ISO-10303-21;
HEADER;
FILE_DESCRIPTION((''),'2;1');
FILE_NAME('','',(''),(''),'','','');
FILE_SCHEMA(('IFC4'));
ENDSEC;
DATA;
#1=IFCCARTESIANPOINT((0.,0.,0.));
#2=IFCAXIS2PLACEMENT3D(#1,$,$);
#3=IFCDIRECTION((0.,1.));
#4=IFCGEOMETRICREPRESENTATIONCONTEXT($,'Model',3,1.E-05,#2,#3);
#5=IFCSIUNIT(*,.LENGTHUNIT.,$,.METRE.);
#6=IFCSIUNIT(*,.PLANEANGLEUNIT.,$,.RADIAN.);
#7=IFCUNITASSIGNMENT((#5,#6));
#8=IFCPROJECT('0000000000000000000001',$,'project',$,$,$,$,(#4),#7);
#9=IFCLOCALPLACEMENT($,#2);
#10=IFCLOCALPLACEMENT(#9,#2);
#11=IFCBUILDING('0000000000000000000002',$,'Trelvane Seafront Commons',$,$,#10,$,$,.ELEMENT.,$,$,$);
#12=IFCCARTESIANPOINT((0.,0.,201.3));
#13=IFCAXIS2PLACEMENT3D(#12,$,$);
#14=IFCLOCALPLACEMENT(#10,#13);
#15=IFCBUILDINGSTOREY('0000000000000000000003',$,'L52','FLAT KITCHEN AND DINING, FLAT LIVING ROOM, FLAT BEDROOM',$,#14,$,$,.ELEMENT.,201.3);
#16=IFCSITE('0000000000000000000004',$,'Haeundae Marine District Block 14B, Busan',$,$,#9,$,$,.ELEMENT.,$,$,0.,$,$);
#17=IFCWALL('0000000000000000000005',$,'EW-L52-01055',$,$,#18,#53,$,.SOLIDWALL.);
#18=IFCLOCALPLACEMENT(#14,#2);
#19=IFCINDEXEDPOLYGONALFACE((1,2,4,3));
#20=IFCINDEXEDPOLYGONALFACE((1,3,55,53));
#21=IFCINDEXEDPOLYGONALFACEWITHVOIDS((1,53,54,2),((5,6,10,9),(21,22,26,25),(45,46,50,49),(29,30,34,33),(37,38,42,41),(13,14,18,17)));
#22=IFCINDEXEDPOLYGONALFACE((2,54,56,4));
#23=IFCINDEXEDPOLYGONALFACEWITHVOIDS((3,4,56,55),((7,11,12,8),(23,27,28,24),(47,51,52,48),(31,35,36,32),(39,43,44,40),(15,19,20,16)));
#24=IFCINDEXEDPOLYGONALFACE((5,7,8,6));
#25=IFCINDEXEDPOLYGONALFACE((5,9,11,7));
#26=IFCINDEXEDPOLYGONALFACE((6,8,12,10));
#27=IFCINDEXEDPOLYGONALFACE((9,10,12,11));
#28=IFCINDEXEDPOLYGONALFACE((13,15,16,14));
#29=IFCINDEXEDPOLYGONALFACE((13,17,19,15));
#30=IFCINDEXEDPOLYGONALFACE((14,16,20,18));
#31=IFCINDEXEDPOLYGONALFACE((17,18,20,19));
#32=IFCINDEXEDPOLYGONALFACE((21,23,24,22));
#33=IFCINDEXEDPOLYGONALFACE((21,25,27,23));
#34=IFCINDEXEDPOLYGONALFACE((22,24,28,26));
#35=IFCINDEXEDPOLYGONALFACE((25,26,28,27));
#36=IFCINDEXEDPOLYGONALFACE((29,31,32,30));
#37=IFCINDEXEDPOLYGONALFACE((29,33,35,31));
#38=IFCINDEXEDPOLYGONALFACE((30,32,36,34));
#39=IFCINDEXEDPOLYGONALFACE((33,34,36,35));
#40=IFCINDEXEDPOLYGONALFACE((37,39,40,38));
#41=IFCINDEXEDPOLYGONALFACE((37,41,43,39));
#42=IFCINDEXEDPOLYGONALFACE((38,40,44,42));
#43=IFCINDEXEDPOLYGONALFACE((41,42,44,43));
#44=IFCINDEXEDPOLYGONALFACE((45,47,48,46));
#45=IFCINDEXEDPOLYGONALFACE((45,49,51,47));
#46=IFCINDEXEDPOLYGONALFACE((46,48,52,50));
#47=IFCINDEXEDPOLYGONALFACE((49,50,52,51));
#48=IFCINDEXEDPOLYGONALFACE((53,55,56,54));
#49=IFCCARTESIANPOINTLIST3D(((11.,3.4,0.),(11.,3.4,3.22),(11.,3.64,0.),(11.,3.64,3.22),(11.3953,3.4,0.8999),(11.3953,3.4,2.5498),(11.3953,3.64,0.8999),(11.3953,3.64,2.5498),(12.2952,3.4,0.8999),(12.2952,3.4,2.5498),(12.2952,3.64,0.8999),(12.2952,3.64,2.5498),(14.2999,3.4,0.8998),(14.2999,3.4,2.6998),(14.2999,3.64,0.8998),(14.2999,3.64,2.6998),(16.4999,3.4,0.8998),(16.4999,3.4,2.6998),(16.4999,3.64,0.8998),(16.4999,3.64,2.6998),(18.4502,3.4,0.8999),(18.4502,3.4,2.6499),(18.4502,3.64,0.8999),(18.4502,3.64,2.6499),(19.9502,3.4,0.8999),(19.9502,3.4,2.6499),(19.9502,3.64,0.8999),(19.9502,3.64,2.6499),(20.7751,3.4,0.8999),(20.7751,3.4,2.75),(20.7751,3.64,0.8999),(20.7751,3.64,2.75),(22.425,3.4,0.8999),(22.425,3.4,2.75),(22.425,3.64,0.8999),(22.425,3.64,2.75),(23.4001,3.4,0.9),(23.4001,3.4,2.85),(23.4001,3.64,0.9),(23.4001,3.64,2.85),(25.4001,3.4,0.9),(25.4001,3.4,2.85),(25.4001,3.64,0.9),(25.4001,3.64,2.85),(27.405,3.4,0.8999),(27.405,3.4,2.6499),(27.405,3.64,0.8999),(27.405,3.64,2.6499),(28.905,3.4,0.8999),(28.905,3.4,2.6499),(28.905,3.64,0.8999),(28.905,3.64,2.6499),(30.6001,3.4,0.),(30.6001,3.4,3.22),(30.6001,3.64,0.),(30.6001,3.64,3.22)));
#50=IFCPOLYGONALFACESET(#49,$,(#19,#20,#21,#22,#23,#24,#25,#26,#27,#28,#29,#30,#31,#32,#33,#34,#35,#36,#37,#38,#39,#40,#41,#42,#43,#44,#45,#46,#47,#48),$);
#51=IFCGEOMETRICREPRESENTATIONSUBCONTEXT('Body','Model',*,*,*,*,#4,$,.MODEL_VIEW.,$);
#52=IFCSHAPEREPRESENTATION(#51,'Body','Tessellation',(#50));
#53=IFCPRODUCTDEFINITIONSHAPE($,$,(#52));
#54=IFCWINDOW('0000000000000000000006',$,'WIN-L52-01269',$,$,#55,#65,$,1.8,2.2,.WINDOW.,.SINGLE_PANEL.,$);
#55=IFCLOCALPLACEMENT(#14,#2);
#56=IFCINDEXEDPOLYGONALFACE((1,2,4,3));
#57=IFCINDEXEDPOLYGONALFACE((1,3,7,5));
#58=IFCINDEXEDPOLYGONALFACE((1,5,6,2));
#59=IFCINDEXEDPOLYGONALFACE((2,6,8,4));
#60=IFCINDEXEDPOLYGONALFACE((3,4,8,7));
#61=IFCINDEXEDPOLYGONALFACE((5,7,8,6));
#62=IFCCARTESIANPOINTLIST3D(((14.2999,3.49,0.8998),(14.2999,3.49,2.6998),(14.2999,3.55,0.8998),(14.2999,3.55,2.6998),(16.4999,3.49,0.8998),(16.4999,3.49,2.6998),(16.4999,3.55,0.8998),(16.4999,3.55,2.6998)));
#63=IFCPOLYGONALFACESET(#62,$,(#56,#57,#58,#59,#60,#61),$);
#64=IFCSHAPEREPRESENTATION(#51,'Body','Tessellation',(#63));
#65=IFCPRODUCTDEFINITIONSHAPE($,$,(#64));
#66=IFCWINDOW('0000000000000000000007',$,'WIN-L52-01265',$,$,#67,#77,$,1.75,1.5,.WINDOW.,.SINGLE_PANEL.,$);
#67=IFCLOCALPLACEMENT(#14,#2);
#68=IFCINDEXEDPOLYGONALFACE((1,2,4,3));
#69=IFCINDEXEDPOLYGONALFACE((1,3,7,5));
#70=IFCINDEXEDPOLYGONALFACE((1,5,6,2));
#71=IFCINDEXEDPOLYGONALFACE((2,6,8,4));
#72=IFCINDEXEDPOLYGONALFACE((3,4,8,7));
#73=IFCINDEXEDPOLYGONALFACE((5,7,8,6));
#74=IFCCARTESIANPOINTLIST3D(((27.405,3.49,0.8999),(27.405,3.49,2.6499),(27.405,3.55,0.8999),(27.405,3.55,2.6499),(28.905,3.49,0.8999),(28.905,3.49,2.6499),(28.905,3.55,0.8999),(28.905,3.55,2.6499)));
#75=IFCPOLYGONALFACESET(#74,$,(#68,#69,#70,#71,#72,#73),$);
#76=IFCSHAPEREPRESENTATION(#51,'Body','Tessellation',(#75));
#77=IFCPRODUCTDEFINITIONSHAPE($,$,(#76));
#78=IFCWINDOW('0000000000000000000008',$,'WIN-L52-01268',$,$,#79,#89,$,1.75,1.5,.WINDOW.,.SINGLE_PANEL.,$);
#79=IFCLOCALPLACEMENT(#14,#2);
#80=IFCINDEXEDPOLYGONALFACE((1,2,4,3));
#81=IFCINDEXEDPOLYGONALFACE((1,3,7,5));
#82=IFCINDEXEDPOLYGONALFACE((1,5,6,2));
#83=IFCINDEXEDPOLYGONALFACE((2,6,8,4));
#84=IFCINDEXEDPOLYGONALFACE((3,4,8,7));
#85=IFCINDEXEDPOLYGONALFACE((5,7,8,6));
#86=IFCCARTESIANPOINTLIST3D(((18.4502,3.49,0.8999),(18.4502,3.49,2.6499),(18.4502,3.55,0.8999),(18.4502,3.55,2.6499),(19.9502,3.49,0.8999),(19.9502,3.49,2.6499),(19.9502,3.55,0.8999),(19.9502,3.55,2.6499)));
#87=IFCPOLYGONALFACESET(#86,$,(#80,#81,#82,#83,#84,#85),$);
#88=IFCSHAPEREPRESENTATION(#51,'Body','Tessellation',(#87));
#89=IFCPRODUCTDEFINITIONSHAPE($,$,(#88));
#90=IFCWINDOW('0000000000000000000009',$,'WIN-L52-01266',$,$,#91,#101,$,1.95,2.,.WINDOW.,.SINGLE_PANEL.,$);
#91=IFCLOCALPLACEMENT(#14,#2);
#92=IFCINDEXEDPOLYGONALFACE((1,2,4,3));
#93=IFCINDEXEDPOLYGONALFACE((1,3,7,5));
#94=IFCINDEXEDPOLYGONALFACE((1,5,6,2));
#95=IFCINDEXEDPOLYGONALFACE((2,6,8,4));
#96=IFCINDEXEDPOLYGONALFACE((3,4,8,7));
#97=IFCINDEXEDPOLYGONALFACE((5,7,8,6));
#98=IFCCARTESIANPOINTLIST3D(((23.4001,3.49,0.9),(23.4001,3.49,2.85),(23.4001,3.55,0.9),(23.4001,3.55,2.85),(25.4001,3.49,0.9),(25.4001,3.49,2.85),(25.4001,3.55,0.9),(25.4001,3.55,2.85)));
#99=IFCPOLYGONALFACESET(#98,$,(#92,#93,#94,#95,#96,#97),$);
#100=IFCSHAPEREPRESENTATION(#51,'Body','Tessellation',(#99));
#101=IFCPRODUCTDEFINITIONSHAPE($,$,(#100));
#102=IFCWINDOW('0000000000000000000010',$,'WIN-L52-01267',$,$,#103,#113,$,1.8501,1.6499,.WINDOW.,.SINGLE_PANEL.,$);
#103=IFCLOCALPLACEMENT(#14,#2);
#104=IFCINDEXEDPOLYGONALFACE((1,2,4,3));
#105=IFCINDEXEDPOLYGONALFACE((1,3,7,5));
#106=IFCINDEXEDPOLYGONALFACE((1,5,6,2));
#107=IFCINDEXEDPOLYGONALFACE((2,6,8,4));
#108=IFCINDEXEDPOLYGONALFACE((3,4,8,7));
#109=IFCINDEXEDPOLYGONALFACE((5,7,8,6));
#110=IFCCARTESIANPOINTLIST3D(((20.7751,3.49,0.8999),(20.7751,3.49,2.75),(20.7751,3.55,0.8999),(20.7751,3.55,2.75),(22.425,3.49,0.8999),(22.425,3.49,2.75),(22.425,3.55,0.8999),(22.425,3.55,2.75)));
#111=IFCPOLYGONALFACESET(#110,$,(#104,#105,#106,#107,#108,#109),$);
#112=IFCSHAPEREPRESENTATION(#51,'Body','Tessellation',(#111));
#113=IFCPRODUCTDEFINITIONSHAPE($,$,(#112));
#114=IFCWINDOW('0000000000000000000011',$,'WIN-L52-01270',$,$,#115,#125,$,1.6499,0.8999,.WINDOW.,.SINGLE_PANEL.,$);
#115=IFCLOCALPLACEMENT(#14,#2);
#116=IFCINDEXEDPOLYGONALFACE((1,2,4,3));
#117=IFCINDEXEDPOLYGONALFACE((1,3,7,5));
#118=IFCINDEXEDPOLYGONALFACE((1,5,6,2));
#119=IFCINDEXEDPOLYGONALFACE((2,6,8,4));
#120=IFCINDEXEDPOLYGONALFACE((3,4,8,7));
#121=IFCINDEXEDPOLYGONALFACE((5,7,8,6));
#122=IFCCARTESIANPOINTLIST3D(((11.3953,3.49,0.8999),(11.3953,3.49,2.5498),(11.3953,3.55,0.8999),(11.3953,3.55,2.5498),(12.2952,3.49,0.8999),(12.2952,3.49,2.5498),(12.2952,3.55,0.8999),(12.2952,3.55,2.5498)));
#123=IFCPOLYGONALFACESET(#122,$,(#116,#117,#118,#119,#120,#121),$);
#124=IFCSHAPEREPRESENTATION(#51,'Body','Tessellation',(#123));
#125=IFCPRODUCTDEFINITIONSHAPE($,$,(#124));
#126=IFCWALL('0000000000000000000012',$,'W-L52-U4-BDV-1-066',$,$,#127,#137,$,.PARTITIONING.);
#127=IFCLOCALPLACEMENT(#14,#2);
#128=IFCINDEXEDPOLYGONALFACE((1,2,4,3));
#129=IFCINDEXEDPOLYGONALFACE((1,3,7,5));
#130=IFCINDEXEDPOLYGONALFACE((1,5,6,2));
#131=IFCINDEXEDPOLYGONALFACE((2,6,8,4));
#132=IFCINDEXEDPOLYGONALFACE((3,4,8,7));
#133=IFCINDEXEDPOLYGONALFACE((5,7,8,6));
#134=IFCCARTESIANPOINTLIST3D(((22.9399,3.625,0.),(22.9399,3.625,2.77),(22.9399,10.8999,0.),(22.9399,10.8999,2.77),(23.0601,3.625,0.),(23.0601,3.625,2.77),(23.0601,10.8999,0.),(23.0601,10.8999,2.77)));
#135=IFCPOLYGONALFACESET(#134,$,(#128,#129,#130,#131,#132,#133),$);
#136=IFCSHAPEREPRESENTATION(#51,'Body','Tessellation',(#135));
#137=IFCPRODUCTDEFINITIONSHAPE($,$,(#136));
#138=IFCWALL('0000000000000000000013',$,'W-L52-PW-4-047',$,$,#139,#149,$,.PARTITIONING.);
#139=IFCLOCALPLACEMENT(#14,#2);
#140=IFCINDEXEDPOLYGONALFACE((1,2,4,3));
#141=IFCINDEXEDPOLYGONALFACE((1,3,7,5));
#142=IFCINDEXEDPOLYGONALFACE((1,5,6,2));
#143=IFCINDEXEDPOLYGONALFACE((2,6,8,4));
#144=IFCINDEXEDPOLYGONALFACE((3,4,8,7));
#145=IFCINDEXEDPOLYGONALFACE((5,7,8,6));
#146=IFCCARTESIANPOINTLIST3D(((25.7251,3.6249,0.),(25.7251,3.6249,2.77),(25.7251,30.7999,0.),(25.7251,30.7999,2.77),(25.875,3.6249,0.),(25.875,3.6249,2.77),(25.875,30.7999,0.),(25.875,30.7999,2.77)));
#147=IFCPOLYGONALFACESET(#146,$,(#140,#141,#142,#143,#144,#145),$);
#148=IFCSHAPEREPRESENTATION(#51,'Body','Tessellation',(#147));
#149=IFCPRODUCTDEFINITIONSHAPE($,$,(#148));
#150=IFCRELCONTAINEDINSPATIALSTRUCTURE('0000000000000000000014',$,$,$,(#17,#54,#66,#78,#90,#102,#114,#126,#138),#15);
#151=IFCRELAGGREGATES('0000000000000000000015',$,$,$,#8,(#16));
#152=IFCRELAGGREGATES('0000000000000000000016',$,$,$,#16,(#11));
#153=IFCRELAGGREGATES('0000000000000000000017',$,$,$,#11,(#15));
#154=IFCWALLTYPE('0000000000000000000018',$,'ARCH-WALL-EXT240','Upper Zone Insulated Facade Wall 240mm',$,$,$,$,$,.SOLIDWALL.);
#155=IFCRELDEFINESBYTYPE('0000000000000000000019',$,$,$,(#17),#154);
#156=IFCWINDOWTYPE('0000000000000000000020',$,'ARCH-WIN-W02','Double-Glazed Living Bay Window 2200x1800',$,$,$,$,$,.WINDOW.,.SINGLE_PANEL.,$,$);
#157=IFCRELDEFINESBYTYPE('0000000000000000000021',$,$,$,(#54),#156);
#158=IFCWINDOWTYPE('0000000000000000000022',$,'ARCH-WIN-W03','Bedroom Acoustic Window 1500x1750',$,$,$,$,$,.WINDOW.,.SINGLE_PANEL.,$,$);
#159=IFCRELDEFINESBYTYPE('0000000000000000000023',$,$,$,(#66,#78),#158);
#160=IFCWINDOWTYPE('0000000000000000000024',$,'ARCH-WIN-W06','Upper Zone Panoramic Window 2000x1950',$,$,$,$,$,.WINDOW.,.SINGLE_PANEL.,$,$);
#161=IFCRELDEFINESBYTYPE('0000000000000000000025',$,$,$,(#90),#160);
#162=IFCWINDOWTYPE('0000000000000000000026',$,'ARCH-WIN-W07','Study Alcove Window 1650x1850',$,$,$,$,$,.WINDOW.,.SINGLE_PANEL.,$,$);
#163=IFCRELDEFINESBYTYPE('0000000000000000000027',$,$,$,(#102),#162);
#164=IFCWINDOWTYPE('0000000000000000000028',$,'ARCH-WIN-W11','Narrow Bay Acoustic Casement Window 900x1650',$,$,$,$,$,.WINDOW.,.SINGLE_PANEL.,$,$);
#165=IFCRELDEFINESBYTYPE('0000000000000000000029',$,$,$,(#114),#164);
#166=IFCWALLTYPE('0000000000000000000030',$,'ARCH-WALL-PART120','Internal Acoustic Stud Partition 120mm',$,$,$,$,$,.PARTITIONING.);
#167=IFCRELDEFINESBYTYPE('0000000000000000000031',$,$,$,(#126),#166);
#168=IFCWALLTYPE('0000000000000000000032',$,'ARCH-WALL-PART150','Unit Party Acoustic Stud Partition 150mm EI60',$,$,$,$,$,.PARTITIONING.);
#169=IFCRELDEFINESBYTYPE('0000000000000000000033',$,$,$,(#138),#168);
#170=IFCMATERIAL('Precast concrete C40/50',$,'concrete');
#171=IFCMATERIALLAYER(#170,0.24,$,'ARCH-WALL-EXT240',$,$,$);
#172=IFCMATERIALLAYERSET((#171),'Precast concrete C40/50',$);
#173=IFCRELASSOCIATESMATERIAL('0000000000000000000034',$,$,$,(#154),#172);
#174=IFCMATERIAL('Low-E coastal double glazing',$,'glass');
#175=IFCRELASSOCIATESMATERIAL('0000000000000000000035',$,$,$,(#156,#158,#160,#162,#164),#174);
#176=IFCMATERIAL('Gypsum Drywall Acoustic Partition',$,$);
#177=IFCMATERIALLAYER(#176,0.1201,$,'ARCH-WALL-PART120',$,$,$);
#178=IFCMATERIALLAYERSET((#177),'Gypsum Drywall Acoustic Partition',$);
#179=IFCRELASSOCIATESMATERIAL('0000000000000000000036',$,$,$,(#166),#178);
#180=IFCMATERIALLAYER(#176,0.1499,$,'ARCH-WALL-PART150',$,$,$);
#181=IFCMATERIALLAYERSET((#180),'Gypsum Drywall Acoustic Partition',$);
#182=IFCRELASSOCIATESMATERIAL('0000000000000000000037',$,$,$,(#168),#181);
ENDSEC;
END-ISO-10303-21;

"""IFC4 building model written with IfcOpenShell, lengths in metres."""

from ifc_helpers import new_model, si_unit, direction, frame, frame_2d, origin, place, context, subcontext, project, spatial, rectangle, extrude, source, transform, mapped, material, layer, layer_set, type_object, element, fill, save


model = new_model("IFC4")

# Units and contexts
model_context = context("Model", 3, precision=1e-05, world=origin(), true_north=direction((0.0, 1.0)))
body_context = subcontext(model_context, "Body", "Model", "MODEL_VIEW")
ifc_project = project(units=[si_unit("LENGTHUNIT", "METRE"), si_unit("PLANEANGLEUNIT", "RADIAN")], contexts=[model_context])

# Site, building, storey
site_placement = place(None, origin())
site = spatial("IfcSite", under=ifc_project, at=site_placement, Name="Haeundae Marine District Block 14B, Busan", CompositionType="ELEMENT", RefElevation=0.0)
building_placement = place(site_placement, origin())
building = spatial("IfcBuilding", under=site, at=building_placement, Name="Trelvane Seafront Commons", CompositionType="ELEMENT")
storey_placement = place(building_placement, frame((0.0, 0.0, 201.3)))
storey = spatial("IfcBuildingStorey", under=building, at=storey_placement, Name="L52", Description="FLAT KITCHEN AND DINING, FLAT LIVING ROOM, FLAT BEDROOM", CompositionType="ELEMENT", Elevation=201.3)

# Wall, openings, windows
ifc_material_1 = material(Name="Precast concrete C40/50", Category="concrete")
ifc_layer_1 = layer(ifc_material_1, 0.24, Name="ARCH-WALL-EXT240")
ifc_layer_set_1 = layer_set([ifc_layer_1], Name="Precast concrete C40/50")
wall_type_1 = type_object("IfcWallType", Name="ARCH-WALL-EXT240", Description="Upper Zone Insulated Facade Wall 240mm", PredefinedType="SOLIDWALL", material=ifc_layer_set_1)
wall_1_placement = place(storey_placement, frame((30.6001, 3.52, 0.0), z_axis=(0.0, 0.0, 1.0), x_axis=(-1.0, 0.0, 0.0)))
wall_1 = element("IfcWall", 1, at=wall_1_placement, inside=storey, type_object=wall_type_1, Name="EW-L52-01055", PredefinedType="SOLIDWALL", context=body_context, shape_type="SweptSolid", body=[
    extrude(rectangle(XDim=19.6001, YDim=0.24, at=frame_2d((9.8, 0.0))), origin(), (0.0, 0.0, 1.0), 3.22),
])
opening_1_placement = place(wall_1_placement, frame((1.6951, 0.0, 0.8999)))
opening_1 = element("IfcOpeningElement", 2, at=opening_1_placement, cuts=wall_1, PredefinedType="OPENING", context=body_context, shape_type="SweptSolid", body=[
    extrude(rectangle(XDim=1.5, YDim=1.75, at=frame_2d((0.75, 0.875))), frame((0.0, 0.1299, 0.0), z_axis=(0.0, -1.0, 0.0), x_axis=(1.0, 0.0, 0.0)), (0.0, 0.0, 1.0), 0.26),
])
opening_2_placement = place(wall_1_placement, frame((5.2, 0.0, 0.8999)))
opening_2 = element("IfcOpeningElement", 3, at=opening_2_placement, cuts=wall_1, PredefinedType="OPENING", context=body_context, shape_type="SweptSolid", body=[
    extrude(rectangle(XDim=2.0, YDim=1.95, at=frame_2d((1.0, 0.9751))), frame((0.0, 0.1299, 0.0), z_axis=(0.0, -1.0, 0.0), x_axis=(1.0, 0.0, 0.0)), (0.0, 0.0, 1.0), 0.26),
])
opening_3_placement = place(wall_1_placement, frame((8.175, 0.0, 0.8999)))
opening_3 = element("IfcOpeningElement", 4, at=opening_3_placement, cuts=wall_1, PredefinedType="OPENING", context=body_context, shape_type="SweptSolid", body=[
    extrude(rectangle(XDim=1.6499, YDim=1.8501, at=frame_2d((0.825, 0.925))), frame((0.0, 0.1299, 0.0), z_axis=(0.0, -1.0, 0.0), x_axis=(1.0, 0.0, 0.0)), (0.0, 0.0, 1.0), 0.26),
])
opening_4_placement = place(wall_1_placement, frame((10.6499, 0.0, 0.8999)))
opening_4 = element("IfcOpeningElement", 5, at=opening_4_placement, cuts=wall_1, PredefinedType="OPENING", context=body_context, shape_type="SweptSolid", body=[
    extrude(rectangle(XDim=1.5, YDim=1.75, at=frame_2d((0.75, 0.875))), frame((0.0, 0.1299, 0.0), z_axis=(0.0, -1.0, 0.0), x_axis=(1.0, 0.0, 0.0)), (0.0, 0.0, 1.0), 0.26),
])
opening_5_placement = place(wall_1_placement, frame((14.1001, 0.0, 0.8999)))
opening_5 = element("IfcOpeningElement", 6, at=opening_5_placement, cuts=wall_1, PredefinedType="OPENING", context=body_context, shape_type="SweptSolid", body=[
    extrude(rectangle(XDim=2.2, YDim=1.8, at=frame_2d((1.1001, 0.8999))), frame((0.0, 0.1299, 0.0), z_axis=(0.0, -1.0, 0.0), x_axis=(1.0, 0.0, 0.0)), (0.0, 0.0, 1.0), 0.26),
])
opening_6_placement = place(wall_1_placement, frame((18.3049, 0.0, 0.8999)))
opening_6 = element("IfcOpeningElement", 7, at=opening_6_placement, cuts=wall_1, PredefinedType="OPENING", context=body_context, shape_type="SweptSolid", body=[
    extrude(rectangle(XDim=0.8999, YDim=1.6499, at=frame_2d((0.45, 0.825))), frame((0.0, 0.1299, 0.0), z_axis=(0.0, -1.0, 0.0), x_axis=(1.0, 0.0, 0.0)), (0.0, 0.0, 1.0), 0.26),
])
ifc_material_2 = material(Name="Low-E coastal double glazing", Category="glass")
window_type_1 = type_object("IfcWindowType", Name="ARCH-WIN-W02", Description="Double-Glazed Living Bay Window 2200x1800", PartitioningType="SINGLE_PANEL", PredefinedType="WINDOW", material=ifc_material_2)
shared_shape_1 = source(origin(), body_context, "Body", "SweptSolid", [
    extrude(rectangle(XDim=2.2, YDim=1.8, at=frame_2d((1.1001, 0.8999))), frame((0.0, 0.03, 0.0), z_axis=(0.0, -1.0, 0.0), x_axis=(1.0, 0.0, 0.0)), (0.0, 0.0, 1.0), 0.0601),
])
window_1_placement = place(opening_5_placement, origin())
window_1 = element("IfcWindow", 8, at=window_1_placement, inside=storey, type_object=window_type_1, Name="WIN-L52-01269", OverallHeight=1.8, OverallWidth=2.2, PartitioningType="SINGLE_PANEL", PredefinedType="WINDOW", context=body_context, shape_type="MappedRepresentation", body=[
    mapped(shared_shape_1, transform((0.0, 0.0, 0.0), x_axis=(1.0, 0.0, 0.0), y_axis=(0.0, 1.0, 0.0), z_axis=(0.0, 0.0, 1.0), scale=1.0)),
])
fill(opening_5, window_1)
window_type_2 = type_object("IfcWindowType", Name="ARCH-WIN-W03", Description="Bedroom Acoustic Window 1500x1750", PartitioningType="SINGLE_PANEL", PredefinedType="WINDOW", material=ifc_material_2)
shared_shape_2 = source(origin(), body_context, "Body", "SweptSolid", [
    extrude(rectangle(XDim=1.5, YDim=1.75, at=frame_2d((0.75, 0.875))), frame((0.0, 0.03, 0.0), z_axis=(0.0, -1.0, 0.0), x_axis=(1.0, 0.0, 0.0)), (0.0, 0.0, 1.0), 0.0601),
])
window_2_placement = place(opening_1_placement, origin())
window_2 = element("IfcWindow", 9, at=window_2_placement, inside=storey, type_object=window_type_2, Name="WIN-L52-01265", OverallHeight=1.75, OverallWidth=1.5, PartitioningType="SINGLE_PANEL", PredefinedType="WINDOW", context=body_context, shape_type="MappedRepresentation", body=[
    mapped(shared_shape_2, transform((0.0, 0.0, 0.0), x_axis=(1.0, 0.0, 0.0), y_axis=(0.0, 1.0, 0.0), z_axis=(0.0, 0.0, 1.0), scale=1.0)),
])
fill(opening_1, window_2)
window_3_placement = place(opening_4_placement, origin())
window_3 = element("IfcWindow", 10, at=window_3_placement, inside=storey, type_object=window_type_2, Name="WIN-L52-01268", OverallHeight=1.75, OverallWidth=1.5, PartitioningType="SINGLE_PANEL", PredefinedType="WINDOW", context=body_context, shape_type="MappedRepresentation", body=[
    mapped(shared_shape_2, transform((0.0, 0.0, 0.0), x_axis=(1.0, 0.0, 0.0), y_axis=(0.0, 1.0, 0.0), z_axis=(0.0, 0.0, 1.0), scale=1.0)),
])
fill(opening_4, window_3)
window_type_3 = type_object("IfcWindowType", Name="ARCH-WIN-W06", Description="Upper Zone Panoramic Window 2000x1950", PartitioningType="SINGLE_PANEL", PredefinedType="WINDOW", material=ifc_material_2)
shared_shape_3 = source(origin(), body_context, "Body", "SweptSolid", [
    extrude(rectangle(XDim=2.0, YDim=1.95, at=frame_2d((1.0, 0.9751))), frame((0.0, 0.03, 0.0), z_axis=(0.0, -1.0, 0.0), x_axis=(1.0, 0.0, 0.0)), (0.0, 0.0, 1.0), 0.0601),
])
window_4_placement = place(opening_2_placement, origin())
window_4 = element("IfcWindow", 11, at=window_4_placement, inside=storey, type_object=window_type_3, Name="WIN-L52-01266", OverallHeight=1.95, OverallWidth=2.0, PartitioningType="SINGLE_PANEL", PredefinedType="WINDOW", context=body_context, shape_type="MappedRepresentation", body=[
    mapped(shared_shape_3, transform((0.0, 0.0, 0.0), x_axis=(1.0, 0.0, 0.0), y_axis=(0.0, 1.0, 0.0), z_axis=(0.0, 0.0, 1.0), scale=1.0)),
])
fill(opening_2, window_4)
window_type_4 = type_object("IfcWindowType", Name="ARCH-WIN-W07", Description="Study Alcove Window 1650x1850", PartitioningType="SINGLE_PANEL", PredefinedType="WINDOW", material=ifc_material_2)
shared_shape_4 = source(origin(), body_context, "Body", "SweptSolid", [
    extrude(rectangle(XDim=1.6499, YDim=1.8501, at=frame_2d((0.825, 0.925))), frame((0.0, 0.03, 0.0), z_axis=(0.0, -1.0, 0.0), x_axis=(1.0, 0.0, 0.0)), (0.0, 0.0, 1.0), 0.0601),
])
window_5_placement = place(opening_3_placement, origin())
window_5 = element("IfcWindow", 12, at=window_5_placement, inside=storey, type_object=window_type_4, Name="WIN-L52-01267", OverallHeight=1.8501, OverallWidth=1.6499, PartitioningType="SINGLE_PANEL", PredefinedType="WINDOW", context=body_context, shape_type="MappedRepresentation", body=[
    mapped(shared_shape_4, transform((0.0, 0.0, 0.0), x_axis=(1.0, 0.0, 0.0), y_axis=(0.0, 1.0, 0.0), z_axis=(0.0, 0.0, 1.0), scale=1.0)),
])
fill(opening_3, window_5)
window_type_5 = type_object("IfcWindowType", Name="ARCH-WIN-W11", Description="Narrow Bay Acoustic Casement Window 900x1650", PartitioningType="SINGLE_PANEL", PredefinedType="WINDOW", material=ifc_material_2)
shared_shape_5 = source(origin(), body_context, "Body", "SweptSolid", [
    extrude(rectangle(XDim=0.8999, YDim=1.6499, at=frame_2d((0.45, 0.825))), frame((0.0, 0.03, 0.0), z_axis=(0.0, -1.0, 0.0), x_axis=(1.0, 0.0, 0.0)), (0.0, 0.0, 1.0), 0.0601),
])
window_6_placement = place(opening_6_placement, origin())
window_6 = element("IfcWindow", 13, at=window_6_placement, inside=storey, type_object=window_type_5, Name="WIN-L52-01270", OverallHeight=1.6499, OverallWidth=0.8999, PartitioningType="SINGLE_PANEL", PredefinedType="WINDOW", context=body_context, shape_type="MappedRepresentation", body=[
    mapped(shared_shape_5, transform((0.0, 0.0, 0.0), x_axis=(1.0, 0.0, 0.0), y_axis=(0.0, 1.0, 0.0), z_axis=(0.0, 0.0, 1.0), scale=1.0)),
])
fill(opening_6, window_6)

# Walls
ifc_material_3 = material(Name="Gypsum Drywall Acoustic Partition")
ifc_layer_2 = layer(ifc_material_3, 0.1201, Name="ARCH-WALL-PART120")
ifc_layer_set_2 = layer_set([ifc_layer_2], Name="Gypsum Drywall Acoustic Partition")
wall_type_2 = type_object("IfcWallType", Name="ARCH-WALL-PART120", Description="Internal Acoustic Stud Partition 120mm", PredefinedType="PARTITIONING", material=ifc_layer_set_2)
wall_2_placement = place(storey_placement, frame((23.0, 3.625, 0.0), z_axis=(0.0, 0.0, 1.0), x_axis=(0.0, 1.0, 0.0)))
element("IfcWall", 14, at=wall_2_placement, inside=storey, type_object=wall_type_2, Name="W-L52-U4-BDV-1-066", PredefinedType="PARTITIONING", context=body_context, shape_type="SweptSolid", body=[
    extrude(rectangle(XDim=7.2749, YDim=0.1201, at=frame_2d((3.6375, 0.0))), origin(), (0.0, 0.0, 1.0), 2.77),
])
ifc_layer_3 = layer(ifc_material_3, 0.1499, Name="ARCH-WALL-PART150")
ifc_layer_set_3 = layer_set([ifc_layer_3], Name="Gypsum Drywall Acoustic Partition")
wall_type_3 = type_object("IfcWallType", Name="ARCH-WALL-PART150", Description="Unit Party Acoustic Stud Partition 150mm EI60", PredefinedType="PARTITIONING", material=ifc_layer_set_3)
for number, where, z_axis, x_axis, name in (
    (15, (25.8, 3.625, 0.0), (0.0, 0.0, 1.0), (0.0, 1.0, 0.0), "W-L52-PW-4-047"),
):
    element("IfcWall", number, at=place(storey_placement, frame(where, z_axis=z_axis, x_axis=x_axis)), inside=storey, type_object=wall_type_3, Name=name, PredefinedType="PARTITIONING", context=body_context, shape_type="SweptSolid", body=[
        extrude(rectangle(XDim=27.175, YDim=0.1499, at=frame_2d((13.5874, 0.0))), origin(), (0.0, 0.0, 1.0), 2.77),
    ])

save(model, "model.ifc")
